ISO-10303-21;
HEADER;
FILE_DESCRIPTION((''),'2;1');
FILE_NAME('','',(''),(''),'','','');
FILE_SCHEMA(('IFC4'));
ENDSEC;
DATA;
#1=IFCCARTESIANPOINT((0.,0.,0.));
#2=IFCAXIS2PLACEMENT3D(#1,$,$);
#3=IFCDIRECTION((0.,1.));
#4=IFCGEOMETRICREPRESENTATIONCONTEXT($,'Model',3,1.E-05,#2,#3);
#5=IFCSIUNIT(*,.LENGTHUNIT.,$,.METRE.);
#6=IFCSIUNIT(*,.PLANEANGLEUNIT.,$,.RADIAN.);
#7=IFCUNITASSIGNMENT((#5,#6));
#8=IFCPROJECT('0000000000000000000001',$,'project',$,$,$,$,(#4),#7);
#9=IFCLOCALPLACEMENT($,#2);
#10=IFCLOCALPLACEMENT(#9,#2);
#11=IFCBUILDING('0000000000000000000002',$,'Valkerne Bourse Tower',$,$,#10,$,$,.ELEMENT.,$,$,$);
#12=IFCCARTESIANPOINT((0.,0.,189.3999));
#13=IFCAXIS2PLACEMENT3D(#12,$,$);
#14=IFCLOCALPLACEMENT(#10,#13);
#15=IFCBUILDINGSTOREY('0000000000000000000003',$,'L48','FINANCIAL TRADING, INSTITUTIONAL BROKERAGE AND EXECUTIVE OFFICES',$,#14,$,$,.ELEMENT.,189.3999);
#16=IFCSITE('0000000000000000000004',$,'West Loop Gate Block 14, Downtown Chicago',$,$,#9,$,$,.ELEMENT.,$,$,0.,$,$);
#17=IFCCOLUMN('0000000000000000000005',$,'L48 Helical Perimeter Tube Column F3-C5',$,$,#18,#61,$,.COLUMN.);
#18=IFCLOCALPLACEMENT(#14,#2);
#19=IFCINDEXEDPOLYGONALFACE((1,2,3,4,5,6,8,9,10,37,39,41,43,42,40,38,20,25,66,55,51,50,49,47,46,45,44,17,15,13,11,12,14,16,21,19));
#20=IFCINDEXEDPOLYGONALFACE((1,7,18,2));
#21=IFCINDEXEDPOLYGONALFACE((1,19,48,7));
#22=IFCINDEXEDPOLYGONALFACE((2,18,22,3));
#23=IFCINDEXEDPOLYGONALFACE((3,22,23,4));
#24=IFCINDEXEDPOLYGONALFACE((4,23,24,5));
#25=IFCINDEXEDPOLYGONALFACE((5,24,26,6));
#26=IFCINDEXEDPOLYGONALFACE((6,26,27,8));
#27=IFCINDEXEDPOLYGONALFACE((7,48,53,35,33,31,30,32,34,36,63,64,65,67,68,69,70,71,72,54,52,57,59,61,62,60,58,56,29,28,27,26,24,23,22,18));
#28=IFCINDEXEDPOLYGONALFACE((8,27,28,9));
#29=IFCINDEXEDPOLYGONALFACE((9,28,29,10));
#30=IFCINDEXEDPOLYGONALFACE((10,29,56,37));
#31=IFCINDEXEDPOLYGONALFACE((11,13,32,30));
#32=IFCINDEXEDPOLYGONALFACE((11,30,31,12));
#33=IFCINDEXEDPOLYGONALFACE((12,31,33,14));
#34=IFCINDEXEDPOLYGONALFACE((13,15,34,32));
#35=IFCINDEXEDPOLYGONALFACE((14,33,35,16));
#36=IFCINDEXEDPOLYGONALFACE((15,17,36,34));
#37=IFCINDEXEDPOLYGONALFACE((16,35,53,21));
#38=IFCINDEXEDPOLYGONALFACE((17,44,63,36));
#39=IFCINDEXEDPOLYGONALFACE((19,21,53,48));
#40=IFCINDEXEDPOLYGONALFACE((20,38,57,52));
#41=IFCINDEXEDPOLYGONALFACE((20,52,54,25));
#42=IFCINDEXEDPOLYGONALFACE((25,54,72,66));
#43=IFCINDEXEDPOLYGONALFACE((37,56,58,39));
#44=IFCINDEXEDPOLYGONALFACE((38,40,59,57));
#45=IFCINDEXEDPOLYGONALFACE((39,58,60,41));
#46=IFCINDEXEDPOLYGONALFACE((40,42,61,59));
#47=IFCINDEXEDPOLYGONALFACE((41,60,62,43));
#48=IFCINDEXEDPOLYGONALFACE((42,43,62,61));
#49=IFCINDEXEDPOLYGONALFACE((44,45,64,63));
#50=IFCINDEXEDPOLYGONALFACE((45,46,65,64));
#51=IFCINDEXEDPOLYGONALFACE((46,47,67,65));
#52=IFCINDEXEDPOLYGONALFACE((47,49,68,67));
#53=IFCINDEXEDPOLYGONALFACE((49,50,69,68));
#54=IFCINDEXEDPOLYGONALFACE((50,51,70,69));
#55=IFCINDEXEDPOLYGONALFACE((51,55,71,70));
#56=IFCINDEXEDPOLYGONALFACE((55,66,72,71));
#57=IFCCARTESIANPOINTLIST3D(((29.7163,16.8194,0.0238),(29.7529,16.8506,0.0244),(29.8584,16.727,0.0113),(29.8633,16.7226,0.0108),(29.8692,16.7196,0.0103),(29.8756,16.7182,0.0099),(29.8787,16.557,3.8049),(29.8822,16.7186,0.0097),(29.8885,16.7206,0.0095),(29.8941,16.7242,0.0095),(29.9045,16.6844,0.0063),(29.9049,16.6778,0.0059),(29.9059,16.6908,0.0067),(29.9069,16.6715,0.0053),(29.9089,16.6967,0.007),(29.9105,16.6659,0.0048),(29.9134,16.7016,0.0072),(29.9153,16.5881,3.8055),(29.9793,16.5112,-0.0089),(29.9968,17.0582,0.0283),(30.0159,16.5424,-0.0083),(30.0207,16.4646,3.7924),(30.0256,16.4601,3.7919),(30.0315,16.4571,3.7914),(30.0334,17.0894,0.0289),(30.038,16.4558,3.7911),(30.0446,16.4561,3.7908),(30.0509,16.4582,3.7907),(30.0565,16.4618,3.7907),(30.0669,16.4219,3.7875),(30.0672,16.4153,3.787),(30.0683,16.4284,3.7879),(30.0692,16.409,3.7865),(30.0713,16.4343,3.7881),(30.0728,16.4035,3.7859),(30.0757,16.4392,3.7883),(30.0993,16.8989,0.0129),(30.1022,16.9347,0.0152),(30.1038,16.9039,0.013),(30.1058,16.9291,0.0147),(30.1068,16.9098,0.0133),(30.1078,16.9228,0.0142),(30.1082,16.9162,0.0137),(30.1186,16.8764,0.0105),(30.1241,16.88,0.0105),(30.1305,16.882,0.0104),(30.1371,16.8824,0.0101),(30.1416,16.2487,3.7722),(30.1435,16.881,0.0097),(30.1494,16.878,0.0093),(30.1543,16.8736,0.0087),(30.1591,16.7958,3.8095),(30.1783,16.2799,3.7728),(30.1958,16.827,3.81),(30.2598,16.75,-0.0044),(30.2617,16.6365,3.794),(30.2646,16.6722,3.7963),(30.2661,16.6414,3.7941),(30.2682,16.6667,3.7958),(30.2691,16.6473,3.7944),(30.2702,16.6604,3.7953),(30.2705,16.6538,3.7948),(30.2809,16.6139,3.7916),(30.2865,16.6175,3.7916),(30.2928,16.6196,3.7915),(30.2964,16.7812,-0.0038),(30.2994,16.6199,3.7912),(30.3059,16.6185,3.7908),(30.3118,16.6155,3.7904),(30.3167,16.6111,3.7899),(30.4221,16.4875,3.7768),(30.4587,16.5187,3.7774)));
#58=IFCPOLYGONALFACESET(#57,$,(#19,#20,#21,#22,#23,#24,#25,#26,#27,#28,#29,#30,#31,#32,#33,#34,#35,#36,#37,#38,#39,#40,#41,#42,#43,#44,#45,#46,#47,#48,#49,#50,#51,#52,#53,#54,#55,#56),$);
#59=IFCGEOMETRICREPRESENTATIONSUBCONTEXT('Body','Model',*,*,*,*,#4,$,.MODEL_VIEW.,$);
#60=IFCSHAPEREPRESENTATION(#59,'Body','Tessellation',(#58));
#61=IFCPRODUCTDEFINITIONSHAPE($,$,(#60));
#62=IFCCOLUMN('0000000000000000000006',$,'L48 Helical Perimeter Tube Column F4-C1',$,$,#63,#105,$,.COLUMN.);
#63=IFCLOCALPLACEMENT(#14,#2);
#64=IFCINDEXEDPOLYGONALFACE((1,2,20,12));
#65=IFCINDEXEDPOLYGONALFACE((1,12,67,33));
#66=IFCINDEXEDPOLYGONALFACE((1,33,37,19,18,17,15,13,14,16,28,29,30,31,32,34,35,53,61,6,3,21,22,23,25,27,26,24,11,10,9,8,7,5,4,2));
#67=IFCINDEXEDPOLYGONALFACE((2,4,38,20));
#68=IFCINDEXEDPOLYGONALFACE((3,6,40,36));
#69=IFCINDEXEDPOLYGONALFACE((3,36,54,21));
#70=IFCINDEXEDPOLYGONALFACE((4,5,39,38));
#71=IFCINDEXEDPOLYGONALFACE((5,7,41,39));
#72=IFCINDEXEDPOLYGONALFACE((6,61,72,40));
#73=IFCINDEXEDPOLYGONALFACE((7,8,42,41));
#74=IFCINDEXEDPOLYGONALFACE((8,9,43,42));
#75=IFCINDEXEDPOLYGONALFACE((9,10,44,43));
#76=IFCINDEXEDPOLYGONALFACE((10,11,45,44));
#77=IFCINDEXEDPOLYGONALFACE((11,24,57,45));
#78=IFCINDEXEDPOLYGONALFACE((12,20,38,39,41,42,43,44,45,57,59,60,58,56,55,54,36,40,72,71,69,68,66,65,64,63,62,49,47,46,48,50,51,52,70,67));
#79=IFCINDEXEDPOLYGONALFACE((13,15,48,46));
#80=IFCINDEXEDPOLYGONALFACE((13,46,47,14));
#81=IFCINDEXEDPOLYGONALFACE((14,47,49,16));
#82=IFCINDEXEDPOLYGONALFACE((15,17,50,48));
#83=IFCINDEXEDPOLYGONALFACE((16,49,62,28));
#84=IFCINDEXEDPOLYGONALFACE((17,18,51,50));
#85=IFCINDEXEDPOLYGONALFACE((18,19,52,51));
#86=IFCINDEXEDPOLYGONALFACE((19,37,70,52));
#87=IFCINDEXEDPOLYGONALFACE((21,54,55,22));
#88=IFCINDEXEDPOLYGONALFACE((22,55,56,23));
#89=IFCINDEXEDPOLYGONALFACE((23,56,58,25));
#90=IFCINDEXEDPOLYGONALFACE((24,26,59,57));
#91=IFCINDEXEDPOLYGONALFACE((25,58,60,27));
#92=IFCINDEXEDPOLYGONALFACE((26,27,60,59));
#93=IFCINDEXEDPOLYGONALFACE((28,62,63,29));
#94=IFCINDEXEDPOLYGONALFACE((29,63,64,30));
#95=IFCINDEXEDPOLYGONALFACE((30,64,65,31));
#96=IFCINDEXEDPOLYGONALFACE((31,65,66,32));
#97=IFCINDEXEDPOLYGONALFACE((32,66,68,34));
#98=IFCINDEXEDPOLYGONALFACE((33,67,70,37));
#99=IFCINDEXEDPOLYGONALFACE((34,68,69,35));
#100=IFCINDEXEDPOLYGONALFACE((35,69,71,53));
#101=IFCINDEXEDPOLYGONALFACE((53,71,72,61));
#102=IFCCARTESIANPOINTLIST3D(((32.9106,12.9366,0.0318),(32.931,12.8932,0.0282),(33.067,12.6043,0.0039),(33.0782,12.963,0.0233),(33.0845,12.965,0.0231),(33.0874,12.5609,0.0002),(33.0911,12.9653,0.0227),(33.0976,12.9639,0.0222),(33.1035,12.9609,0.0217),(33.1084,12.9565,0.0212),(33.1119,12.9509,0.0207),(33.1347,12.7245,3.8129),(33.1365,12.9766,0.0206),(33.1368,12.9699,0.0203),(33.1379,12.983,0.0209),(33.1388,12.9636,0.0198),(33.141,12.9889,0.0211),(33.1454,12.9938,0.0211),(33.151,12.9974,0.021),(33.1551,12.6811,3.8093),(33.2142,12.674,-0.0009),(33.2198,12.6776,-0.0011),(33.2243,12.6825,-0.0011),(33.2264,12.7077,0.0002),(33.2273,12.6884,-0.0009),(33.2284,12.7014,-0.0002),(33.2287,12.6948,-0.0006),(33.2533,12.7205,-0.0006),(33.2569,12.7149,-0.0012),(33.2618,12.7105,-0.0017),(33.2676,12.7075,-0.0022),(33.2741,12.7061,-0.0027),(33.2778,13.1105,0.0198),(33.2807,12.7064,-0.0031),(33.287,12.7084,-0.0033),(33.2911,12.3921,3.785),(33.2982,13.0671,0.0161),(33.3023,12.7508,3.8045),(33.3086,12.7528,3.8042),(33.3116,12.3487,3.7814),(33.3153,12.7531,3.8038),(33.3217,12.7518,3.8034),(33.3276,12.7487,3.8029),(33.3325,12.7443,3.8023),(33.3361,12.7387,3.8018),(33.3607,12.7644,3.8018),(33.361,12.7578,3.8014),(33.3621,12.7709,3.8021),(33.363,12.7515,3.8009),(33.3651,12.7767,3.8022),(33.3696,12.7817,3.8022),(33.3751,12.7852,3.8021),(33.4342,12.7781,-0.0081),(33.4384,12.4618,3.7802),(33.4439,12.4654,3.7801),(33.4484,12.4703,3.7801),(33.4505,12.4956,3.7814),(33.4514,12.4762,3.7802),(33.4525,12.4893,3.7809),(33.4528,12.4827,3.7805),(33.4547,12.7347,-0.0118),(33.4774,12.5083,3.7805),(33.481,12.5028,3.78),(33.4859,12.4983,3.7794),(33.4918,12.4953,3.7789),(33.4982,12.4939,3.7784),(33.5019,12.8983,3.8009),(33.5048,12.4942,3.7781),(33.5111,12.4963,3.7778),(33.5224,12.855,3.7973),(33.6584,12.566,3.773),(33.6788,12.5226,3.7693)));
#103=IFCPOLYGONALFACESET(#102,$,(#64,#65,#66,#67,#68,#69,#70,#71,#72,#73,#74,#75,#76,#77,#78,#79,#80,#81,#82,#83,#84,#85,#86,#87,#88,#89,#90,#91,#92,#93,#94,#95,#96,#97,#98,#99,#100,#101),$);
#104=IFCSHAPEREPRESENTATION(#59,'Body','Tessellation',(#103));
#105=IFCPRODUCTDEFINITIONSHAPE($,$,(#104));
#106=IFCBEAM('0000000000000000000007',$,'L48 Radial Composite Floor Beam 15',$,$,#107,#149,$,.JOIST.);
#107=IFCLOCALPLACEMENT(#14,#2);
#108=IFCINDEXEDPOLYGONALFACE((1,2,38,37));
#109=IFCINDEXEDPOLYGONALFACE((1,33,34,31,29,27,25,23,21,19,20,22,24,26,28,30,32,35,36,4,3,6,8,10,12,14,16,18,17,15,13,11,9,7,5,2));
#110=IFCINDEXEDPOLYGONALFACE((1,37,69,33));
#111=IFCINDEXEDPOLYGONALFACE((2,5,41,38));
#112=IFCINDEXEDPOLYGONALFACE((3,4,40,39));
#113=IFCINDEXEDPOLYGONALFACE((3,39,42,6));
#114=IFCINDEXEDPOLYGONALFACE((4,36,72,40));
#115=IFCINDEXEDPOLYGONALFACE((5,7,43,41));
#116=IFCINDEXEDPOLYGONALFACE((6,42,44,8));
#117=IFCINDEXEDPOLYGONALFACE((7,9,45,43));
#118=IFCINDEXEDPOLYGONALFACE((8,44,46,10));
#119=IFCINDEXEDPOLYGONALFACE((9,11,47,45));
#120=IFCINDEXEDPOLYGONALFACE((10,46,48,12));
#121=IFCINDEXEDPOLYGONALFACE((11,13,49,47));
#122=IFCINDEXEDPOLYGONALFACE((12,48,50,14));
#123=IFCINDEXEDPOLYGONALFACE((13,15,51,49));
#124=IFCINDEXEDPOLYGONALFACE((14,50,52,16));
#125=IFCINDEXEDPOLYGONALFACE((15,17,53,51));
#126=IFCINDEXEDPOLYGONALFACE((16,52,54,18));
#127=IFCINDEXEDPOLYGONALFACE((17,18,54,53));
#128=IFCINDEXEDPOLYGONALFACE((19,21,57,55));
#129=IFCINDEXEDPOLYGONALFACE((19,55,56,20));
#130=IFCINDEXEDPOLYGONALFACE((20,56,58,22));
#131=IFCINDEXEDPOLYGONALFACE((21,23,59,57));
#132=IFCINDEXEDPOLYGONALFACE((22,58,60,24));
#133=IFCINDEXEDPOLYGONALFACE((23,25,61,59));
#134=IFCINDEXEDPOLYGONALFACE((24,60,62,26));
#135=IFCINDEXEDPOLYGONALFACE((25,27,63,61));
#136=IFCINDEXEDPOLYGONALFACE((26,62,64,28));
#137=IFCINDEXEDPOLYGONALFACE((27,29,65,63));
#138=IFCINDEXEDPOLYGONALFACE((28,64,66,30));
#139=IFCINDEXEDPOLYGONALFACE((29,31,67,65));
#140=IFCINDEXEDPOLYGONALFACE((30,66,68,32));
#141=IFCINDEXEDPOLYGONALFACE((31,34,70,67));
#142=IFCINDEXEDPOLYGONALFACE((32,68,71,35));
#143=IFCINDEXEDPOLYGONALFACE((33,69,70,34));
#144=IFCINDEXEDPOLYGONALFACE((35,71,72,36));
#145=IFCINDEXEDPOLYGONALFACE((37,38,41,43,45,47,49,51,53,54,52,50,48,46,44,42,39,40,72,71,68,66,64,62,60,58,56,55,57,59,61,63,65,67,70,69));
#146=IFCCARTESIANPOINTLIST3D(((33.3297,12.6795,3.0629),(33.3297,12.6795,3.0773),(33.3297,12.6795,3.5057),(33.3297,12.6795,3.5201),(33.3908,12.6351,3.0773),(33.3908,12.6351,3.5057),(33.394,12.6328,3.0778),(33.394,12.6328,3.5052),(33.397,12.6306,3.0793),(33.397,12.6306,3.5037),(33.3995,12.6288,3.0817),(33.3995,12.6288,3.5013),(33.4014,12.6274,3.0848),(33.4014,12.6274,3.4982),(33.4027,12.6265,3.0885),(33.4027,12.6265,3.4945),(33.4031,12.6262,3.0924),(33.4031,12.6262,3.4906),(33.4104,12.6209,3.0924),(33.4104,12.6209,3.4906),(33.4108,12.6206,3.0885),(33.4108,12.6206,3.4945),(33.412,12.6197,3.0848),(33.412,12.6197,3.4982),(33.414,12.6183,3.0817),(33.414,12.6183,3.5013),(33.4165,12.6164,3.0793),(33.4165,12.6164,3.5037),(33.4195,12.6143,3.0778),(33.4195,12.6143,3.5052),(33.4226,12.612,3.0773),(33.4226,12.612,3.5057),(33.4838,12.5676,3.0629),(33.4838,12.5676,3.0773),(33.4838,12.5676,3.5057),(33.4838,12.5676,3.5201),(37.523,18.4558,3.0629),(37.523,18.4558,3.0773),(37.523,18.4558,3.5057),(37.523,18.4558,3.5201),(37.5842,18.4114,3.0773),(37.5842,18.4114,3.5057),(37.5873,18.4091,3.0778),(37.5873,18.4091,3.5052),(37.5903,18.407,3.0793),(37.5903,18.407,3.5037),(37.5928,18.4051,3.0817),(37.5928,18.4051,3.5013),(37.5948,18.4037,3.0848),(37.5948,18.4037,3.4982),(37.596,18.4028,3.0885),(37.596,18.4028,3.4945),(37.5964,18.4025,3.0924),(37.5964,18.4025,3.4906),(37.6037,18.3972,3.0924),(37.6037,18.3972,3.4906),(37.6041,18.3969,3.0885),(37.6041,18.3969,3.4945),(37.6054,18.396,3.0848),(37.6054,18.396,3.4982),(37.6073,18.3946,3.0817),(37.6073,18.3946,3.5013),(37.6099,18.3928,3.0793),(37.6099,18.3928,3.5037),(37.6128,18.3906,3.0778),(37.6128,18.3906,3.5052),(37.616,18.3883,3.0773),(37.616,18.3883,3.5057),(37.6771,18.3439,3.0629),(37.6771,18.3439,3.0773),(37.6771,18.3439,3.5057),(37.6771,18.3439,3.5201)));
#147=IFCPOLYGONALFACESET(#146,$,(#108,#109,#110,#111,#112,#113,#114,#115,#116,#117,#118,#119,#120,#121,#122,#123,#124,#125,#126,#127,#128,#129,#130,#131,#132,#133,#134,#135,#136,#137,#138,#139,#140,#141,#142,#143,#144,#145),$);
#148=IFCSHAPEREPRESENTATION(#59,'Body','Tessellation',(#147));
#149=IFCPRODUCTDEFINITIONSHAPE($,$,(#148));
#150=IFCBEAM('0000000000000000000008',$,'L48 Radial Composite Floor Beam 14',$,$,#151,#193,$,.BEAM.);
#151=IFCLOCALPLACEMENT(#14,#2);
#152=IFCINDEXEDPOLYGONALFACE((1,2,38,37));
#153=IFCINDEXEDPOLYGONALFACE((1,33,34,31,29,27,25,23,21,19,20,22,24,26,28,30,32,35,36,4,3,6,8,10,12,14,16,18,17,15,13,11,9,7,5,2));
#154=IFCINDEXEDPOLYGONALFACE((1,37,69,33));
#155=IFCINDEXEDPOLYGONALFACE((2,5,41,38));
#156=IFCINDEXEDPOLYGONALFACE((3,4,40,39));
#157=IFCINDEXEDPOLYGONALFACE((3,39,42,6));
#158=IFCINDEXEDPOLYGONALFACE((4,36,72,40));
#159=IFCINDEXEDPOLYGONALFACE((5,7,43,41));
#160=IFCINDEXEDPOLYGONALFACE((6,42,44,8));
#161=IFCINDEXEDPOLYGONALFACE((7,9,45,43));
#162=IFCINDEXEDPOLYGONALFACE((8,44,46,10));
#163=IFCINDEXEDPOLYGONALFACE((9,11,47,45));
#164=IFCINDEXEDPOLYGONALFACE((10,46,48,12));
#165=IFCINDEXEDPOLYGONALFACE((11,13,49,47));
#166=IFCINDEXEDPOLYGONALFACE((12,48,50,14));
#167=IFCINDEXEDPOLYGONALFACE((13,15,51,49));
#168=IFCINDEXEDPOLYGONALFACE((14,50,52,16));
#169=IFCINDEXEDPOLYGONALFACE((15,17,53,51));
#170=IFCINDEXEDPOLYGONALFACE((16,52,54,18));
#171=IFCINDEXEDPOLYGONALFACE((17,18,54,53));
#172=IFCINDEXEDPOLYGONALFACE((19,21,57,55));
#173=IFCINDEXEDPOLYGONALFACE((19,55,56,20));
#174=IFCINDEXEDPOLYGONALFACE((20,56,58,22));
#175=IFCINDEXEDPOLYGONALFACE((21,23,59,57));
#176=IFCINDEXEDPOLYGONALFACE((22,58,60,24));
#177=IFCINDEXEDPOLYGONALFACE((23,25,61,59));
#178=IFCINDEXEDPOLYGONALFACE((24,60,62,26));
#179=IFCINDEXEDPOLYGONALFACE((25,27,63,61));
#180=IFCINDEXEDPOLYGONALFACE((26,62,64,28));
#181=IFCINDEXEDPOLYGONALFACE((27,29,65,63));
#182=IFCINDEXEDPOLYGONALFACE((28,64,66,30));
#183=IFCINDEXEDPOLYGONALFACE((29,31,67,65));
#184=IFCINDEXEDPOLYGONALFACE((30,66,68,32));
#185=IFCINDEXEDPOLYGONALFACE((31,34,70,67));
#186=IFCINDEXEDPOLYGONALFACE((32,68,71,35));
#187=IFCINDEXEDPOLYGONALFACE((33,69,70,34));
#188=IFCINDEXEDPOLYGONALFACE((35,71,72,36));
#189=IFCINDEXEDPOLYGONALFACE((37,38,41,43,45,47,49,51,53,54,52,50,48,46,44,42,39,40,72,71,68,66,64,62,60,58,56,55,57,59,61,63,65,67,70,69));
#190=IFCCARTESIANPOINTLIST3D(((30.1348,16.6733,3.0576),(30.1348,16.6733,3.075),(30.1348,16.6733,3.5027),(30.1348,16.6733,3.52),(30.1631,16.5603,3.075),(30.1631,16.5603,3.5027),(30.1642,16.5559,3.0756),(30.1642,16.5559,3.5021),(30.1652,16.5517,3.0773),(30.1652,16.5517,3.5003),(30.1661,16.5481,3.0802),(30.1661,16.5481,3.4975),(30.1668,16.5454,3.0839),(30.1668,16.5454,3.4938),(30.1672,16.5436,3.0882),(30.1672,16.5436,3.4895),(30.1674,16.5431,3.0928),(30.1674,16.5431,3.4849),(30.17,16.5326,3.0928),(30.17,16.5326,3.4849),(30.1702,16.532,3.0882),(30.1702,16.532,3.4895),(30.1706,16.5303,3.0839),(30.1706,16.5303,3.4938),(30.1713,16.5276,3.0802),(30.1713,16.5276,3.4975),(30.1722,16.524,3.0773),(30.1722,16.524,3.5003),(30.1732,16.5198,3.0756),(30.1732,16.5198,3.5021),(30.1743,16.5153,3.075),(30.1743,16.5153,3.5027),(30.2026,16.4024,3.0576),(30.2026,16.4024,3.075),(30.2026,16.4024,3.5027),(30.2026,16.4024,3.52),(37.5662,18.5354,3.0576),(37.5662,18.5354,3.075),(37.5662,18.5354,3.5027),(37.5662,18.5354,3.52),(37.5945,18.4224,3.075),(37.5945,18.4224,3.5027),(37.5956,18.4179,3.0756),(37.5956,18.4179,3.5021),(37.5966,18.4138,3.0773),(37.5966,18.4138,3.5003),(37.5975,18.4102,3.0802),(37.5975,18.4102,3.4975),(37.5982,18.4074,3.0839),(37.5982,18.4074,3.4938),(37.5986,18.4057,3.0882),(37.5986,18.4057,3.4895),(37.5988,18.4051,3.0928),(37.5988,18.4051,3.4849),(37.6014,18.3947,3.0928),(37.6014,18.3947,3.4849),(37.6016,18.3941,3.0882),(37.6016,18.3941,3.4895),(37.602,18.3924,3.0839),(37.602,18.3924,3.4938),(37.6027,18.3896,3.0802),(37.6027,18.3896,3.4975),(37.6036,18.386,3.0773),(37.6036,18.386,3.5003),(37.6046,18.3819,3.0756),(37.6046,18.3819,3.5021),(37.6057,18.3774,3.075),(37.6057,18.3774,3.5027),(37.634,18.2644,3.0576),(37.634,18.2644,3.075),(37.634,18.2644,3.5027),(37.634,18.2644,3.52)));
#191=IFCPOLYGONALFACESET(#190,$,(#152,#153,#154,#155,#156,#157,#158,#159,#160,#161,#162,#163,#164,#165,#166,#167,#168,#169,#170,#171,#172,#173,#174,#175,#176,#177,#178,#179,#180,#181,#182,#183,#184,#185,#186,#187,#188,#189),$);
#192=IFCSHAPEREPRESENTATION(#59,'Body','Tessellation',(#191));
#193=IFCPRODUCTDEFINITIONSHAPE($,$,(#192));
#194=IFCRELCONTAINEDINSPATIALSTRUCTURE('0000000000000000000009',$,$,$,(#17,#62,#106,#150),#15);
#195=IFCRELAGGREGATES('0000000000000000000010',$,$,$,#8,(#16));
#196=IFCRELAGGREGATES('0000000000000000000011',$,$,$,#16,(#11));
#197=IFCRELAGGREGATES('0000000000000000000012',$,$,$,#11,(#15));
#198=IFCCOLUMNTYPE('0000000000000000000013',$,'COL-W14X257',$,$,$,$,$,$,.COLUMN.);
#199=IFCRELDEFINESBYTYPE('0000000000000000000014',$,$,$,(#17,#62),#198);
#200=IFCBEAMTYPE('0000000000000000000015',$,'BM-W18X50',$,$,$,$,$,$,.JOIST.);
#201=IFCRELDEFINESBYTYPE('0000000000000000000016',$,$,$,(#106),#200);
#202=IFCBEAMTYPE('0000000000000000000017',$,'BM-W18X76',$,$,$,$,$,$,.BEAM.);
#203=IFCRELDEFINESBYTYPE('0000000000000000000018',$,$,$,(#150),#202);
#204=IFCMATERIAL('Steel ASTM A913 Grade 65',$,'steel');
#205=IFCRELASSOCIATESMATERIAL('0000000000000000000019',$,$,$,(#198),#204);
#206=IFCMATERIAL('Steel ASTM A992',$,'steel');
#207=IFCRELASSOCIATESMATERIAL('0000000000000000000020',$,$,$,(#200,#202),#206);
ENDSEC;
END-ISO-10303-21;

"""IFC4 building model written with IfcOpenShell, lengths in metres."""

from ifc_helpers import new_model, si_unit, direction, frame, origin, origin_2d, place, context, subcontext, project, spatial, i_section, extrude, material, material_profile, profile_set, type_object, element, save


model = new_model("IFC4")

# Units and contexts
model_context = context("Model", 3, precision=1e-05, world=origin(), true_north=direction((0.0, 1.0)))
body_context = subcontext(model_context, "Body", "Model", "MODEL_VIEW")
ifc_project = project(units=[si_unit("LENGTHUNIT", "METRE"), si_unit("PLANEANGLEUNIT", "RADIAN")], contexts=[model_context])

# Site, building, storey
site_placement = place(None, origin())
site = spatial("IfcSite", under=ifc_project, at=site_placement, Name="West Loop Gate Block 14, Downtown Chicago", CompositionType="ELEMENT", RefElevation=0.0)
building_placement = place(site_placement, origin())
building = spatial("IfcBuilding", under=site, at=building_placement, Name="Valkerne Bourse Tower", CompositionType="ELEMENT")
storey_placement = place(building_placement, frame((0.0, 0.0, 189.3999)))
storey = spatial("IfcBuildingStorey", under=building, at=storey_placement, Name="L48", Description="FINANCIAL TRADING, INSTITUTIONAL BROKERAGE AND EXECUTIVE OFFICES", CompositionType="ELEMENT", Elevation=189.3999)

# Columns
ifc_material_1 = material(Name="Steel ASTM A913 Grade 65", Category="steel")
ifc_material_profile_1 = material_profile(ifc_material_1, i_section(OverallWidth=0.4065, OverallDepth=0.4165, WebThickness=0.0298, FlangeThickness=0.0481, FilletRadius=0.0254, at=origin_2d()), Name="W14X257")
ifc_profile_set_1 = profile_set([ifc_material_profile_1], Name="Steel ASTM A913 Grade 65")
column_type = type_object("IfcColumnType", Name="COL-W14X257", PredefinedType="COLUMN", material=ifc_profile_set_1)
for number, where, z_axis, x_axis, name in (
    (1, (30.0063, 16.8003, 0.01), (0.042797, -0.069183, 0.996686), (0.646943, -0.758287, -0.080414), "L48 Helical Perimeter Tube Column F3-C5"),
    (2, (33.1826, 12.8357, 0.01), (0.059079, -0.055926, 0.996686), (0.903427, 0.427723, -0.029551), "L48 Helical Perimeter Tube Column F4-C1"),
):
    element("IfcColumn", number, at=place(storey_placement, frame(where, z_axis=z_axis, x_axis=x_axis)), inside=storey, type_object=column_type, Name=name, PredefinedType="COLUMN", context=body_context, shape_type="SweptSolid", body=[
        extrude(i_section(OverallWidth=0.4065, OverallDepth=0.4165, WebThickness=0.0298, FlangeThickness=0.0481, FilletRadius=0.0254, at=origin_2d()), origin(), (0.0, 0.0, 1.0), 3.7937),
    ])

# Beams
ifc_material_2 = material(Name="Steel ASTM A992", Category="steel")
ifc_material_profile_2 = material_profile(ifc_material_2, i_section(OverallWidth=0.1904, OverallDepth=0.4573, WebThickness=0.009, FlangeThickness=0.0144, FilletRadius=0.0151, at=origin_2d()), Name="W18X50")
ifc_profile_set_2 = profile_set([ifc_material_profile_2], Name="Steel ASTM A992")
beam_type_1 = type_object("IfcBeamType", Name="BM-W18X50", PredefinedType="JOIST", material=ifc_profile_set_2)
beam_1_placement = place(storey_placement, frame((33.4067, 12.6235, 3.2915), z_axis=(0.587472, 0.809245, 0.0), x_axis=(-0.809245, 0.587472, 0.0)))
element("IfcBeam", 3, at=beam_1_placement, inside=storey, type_object=beam_type_1, Name="L48 Radial Composite Floor Beam 15", PredefinedType="JOIST", context=body_context, shape_type="SweptSolid", body=[
    extrude(i_section(OverallWidth=0.1904, OverallDepth=0.4573, WebThickness=0.009, FlangeThickness=0.0144, FilletRadius=0.0151, at=origin_2d()), origin(), (0.0, 0.0, 1.0), 7.1379),
])
ifc_material_profile_3 = material_profile(ifc_material_2, i_section(OverallWidth=0.2793, OverallDepth=0.4624, WebThickness=0.0107, FlangeThickness=0.0173, FilletRadius=0.0178, at=origin_2d()), Name="W18X76")
ifc_profile_set_3 = profile_set([ifc_material_profile_3], Name="Steel ASTM A992")
beam_type_2 = type_object("IfcBeamType", Name="BM-W18X76", PredefinedType="BEAM", material=ifc_profile_set_3)
beam_2_placement = place(storey_placement, frame((30.1687, 16.5378, 3.2888), z_axis=(0.970013, 0.243053, 0.0), x_axis=(-0.243053, 0.970013, 0.0)))
element("IfcBeam", 4, at=beam_2_placement, inside=storey, type_object=beam_type_2, Name="L48 Radial Composite Floor Beam 14", PredefinedType="BEAM", context=body_context, shape_type="SweptSolid", body=[
    extrude(i_section(OverallWidth=0.2793, OverallDepth=0.4624, WebThickness=0.0107, FlangeThickness=0.0173, FilletRadius=0.0178, at=origin_2d()), origin(), (0.0, 0.0, 1.0), 7.6611),
])

save(model, "model.ifc")
